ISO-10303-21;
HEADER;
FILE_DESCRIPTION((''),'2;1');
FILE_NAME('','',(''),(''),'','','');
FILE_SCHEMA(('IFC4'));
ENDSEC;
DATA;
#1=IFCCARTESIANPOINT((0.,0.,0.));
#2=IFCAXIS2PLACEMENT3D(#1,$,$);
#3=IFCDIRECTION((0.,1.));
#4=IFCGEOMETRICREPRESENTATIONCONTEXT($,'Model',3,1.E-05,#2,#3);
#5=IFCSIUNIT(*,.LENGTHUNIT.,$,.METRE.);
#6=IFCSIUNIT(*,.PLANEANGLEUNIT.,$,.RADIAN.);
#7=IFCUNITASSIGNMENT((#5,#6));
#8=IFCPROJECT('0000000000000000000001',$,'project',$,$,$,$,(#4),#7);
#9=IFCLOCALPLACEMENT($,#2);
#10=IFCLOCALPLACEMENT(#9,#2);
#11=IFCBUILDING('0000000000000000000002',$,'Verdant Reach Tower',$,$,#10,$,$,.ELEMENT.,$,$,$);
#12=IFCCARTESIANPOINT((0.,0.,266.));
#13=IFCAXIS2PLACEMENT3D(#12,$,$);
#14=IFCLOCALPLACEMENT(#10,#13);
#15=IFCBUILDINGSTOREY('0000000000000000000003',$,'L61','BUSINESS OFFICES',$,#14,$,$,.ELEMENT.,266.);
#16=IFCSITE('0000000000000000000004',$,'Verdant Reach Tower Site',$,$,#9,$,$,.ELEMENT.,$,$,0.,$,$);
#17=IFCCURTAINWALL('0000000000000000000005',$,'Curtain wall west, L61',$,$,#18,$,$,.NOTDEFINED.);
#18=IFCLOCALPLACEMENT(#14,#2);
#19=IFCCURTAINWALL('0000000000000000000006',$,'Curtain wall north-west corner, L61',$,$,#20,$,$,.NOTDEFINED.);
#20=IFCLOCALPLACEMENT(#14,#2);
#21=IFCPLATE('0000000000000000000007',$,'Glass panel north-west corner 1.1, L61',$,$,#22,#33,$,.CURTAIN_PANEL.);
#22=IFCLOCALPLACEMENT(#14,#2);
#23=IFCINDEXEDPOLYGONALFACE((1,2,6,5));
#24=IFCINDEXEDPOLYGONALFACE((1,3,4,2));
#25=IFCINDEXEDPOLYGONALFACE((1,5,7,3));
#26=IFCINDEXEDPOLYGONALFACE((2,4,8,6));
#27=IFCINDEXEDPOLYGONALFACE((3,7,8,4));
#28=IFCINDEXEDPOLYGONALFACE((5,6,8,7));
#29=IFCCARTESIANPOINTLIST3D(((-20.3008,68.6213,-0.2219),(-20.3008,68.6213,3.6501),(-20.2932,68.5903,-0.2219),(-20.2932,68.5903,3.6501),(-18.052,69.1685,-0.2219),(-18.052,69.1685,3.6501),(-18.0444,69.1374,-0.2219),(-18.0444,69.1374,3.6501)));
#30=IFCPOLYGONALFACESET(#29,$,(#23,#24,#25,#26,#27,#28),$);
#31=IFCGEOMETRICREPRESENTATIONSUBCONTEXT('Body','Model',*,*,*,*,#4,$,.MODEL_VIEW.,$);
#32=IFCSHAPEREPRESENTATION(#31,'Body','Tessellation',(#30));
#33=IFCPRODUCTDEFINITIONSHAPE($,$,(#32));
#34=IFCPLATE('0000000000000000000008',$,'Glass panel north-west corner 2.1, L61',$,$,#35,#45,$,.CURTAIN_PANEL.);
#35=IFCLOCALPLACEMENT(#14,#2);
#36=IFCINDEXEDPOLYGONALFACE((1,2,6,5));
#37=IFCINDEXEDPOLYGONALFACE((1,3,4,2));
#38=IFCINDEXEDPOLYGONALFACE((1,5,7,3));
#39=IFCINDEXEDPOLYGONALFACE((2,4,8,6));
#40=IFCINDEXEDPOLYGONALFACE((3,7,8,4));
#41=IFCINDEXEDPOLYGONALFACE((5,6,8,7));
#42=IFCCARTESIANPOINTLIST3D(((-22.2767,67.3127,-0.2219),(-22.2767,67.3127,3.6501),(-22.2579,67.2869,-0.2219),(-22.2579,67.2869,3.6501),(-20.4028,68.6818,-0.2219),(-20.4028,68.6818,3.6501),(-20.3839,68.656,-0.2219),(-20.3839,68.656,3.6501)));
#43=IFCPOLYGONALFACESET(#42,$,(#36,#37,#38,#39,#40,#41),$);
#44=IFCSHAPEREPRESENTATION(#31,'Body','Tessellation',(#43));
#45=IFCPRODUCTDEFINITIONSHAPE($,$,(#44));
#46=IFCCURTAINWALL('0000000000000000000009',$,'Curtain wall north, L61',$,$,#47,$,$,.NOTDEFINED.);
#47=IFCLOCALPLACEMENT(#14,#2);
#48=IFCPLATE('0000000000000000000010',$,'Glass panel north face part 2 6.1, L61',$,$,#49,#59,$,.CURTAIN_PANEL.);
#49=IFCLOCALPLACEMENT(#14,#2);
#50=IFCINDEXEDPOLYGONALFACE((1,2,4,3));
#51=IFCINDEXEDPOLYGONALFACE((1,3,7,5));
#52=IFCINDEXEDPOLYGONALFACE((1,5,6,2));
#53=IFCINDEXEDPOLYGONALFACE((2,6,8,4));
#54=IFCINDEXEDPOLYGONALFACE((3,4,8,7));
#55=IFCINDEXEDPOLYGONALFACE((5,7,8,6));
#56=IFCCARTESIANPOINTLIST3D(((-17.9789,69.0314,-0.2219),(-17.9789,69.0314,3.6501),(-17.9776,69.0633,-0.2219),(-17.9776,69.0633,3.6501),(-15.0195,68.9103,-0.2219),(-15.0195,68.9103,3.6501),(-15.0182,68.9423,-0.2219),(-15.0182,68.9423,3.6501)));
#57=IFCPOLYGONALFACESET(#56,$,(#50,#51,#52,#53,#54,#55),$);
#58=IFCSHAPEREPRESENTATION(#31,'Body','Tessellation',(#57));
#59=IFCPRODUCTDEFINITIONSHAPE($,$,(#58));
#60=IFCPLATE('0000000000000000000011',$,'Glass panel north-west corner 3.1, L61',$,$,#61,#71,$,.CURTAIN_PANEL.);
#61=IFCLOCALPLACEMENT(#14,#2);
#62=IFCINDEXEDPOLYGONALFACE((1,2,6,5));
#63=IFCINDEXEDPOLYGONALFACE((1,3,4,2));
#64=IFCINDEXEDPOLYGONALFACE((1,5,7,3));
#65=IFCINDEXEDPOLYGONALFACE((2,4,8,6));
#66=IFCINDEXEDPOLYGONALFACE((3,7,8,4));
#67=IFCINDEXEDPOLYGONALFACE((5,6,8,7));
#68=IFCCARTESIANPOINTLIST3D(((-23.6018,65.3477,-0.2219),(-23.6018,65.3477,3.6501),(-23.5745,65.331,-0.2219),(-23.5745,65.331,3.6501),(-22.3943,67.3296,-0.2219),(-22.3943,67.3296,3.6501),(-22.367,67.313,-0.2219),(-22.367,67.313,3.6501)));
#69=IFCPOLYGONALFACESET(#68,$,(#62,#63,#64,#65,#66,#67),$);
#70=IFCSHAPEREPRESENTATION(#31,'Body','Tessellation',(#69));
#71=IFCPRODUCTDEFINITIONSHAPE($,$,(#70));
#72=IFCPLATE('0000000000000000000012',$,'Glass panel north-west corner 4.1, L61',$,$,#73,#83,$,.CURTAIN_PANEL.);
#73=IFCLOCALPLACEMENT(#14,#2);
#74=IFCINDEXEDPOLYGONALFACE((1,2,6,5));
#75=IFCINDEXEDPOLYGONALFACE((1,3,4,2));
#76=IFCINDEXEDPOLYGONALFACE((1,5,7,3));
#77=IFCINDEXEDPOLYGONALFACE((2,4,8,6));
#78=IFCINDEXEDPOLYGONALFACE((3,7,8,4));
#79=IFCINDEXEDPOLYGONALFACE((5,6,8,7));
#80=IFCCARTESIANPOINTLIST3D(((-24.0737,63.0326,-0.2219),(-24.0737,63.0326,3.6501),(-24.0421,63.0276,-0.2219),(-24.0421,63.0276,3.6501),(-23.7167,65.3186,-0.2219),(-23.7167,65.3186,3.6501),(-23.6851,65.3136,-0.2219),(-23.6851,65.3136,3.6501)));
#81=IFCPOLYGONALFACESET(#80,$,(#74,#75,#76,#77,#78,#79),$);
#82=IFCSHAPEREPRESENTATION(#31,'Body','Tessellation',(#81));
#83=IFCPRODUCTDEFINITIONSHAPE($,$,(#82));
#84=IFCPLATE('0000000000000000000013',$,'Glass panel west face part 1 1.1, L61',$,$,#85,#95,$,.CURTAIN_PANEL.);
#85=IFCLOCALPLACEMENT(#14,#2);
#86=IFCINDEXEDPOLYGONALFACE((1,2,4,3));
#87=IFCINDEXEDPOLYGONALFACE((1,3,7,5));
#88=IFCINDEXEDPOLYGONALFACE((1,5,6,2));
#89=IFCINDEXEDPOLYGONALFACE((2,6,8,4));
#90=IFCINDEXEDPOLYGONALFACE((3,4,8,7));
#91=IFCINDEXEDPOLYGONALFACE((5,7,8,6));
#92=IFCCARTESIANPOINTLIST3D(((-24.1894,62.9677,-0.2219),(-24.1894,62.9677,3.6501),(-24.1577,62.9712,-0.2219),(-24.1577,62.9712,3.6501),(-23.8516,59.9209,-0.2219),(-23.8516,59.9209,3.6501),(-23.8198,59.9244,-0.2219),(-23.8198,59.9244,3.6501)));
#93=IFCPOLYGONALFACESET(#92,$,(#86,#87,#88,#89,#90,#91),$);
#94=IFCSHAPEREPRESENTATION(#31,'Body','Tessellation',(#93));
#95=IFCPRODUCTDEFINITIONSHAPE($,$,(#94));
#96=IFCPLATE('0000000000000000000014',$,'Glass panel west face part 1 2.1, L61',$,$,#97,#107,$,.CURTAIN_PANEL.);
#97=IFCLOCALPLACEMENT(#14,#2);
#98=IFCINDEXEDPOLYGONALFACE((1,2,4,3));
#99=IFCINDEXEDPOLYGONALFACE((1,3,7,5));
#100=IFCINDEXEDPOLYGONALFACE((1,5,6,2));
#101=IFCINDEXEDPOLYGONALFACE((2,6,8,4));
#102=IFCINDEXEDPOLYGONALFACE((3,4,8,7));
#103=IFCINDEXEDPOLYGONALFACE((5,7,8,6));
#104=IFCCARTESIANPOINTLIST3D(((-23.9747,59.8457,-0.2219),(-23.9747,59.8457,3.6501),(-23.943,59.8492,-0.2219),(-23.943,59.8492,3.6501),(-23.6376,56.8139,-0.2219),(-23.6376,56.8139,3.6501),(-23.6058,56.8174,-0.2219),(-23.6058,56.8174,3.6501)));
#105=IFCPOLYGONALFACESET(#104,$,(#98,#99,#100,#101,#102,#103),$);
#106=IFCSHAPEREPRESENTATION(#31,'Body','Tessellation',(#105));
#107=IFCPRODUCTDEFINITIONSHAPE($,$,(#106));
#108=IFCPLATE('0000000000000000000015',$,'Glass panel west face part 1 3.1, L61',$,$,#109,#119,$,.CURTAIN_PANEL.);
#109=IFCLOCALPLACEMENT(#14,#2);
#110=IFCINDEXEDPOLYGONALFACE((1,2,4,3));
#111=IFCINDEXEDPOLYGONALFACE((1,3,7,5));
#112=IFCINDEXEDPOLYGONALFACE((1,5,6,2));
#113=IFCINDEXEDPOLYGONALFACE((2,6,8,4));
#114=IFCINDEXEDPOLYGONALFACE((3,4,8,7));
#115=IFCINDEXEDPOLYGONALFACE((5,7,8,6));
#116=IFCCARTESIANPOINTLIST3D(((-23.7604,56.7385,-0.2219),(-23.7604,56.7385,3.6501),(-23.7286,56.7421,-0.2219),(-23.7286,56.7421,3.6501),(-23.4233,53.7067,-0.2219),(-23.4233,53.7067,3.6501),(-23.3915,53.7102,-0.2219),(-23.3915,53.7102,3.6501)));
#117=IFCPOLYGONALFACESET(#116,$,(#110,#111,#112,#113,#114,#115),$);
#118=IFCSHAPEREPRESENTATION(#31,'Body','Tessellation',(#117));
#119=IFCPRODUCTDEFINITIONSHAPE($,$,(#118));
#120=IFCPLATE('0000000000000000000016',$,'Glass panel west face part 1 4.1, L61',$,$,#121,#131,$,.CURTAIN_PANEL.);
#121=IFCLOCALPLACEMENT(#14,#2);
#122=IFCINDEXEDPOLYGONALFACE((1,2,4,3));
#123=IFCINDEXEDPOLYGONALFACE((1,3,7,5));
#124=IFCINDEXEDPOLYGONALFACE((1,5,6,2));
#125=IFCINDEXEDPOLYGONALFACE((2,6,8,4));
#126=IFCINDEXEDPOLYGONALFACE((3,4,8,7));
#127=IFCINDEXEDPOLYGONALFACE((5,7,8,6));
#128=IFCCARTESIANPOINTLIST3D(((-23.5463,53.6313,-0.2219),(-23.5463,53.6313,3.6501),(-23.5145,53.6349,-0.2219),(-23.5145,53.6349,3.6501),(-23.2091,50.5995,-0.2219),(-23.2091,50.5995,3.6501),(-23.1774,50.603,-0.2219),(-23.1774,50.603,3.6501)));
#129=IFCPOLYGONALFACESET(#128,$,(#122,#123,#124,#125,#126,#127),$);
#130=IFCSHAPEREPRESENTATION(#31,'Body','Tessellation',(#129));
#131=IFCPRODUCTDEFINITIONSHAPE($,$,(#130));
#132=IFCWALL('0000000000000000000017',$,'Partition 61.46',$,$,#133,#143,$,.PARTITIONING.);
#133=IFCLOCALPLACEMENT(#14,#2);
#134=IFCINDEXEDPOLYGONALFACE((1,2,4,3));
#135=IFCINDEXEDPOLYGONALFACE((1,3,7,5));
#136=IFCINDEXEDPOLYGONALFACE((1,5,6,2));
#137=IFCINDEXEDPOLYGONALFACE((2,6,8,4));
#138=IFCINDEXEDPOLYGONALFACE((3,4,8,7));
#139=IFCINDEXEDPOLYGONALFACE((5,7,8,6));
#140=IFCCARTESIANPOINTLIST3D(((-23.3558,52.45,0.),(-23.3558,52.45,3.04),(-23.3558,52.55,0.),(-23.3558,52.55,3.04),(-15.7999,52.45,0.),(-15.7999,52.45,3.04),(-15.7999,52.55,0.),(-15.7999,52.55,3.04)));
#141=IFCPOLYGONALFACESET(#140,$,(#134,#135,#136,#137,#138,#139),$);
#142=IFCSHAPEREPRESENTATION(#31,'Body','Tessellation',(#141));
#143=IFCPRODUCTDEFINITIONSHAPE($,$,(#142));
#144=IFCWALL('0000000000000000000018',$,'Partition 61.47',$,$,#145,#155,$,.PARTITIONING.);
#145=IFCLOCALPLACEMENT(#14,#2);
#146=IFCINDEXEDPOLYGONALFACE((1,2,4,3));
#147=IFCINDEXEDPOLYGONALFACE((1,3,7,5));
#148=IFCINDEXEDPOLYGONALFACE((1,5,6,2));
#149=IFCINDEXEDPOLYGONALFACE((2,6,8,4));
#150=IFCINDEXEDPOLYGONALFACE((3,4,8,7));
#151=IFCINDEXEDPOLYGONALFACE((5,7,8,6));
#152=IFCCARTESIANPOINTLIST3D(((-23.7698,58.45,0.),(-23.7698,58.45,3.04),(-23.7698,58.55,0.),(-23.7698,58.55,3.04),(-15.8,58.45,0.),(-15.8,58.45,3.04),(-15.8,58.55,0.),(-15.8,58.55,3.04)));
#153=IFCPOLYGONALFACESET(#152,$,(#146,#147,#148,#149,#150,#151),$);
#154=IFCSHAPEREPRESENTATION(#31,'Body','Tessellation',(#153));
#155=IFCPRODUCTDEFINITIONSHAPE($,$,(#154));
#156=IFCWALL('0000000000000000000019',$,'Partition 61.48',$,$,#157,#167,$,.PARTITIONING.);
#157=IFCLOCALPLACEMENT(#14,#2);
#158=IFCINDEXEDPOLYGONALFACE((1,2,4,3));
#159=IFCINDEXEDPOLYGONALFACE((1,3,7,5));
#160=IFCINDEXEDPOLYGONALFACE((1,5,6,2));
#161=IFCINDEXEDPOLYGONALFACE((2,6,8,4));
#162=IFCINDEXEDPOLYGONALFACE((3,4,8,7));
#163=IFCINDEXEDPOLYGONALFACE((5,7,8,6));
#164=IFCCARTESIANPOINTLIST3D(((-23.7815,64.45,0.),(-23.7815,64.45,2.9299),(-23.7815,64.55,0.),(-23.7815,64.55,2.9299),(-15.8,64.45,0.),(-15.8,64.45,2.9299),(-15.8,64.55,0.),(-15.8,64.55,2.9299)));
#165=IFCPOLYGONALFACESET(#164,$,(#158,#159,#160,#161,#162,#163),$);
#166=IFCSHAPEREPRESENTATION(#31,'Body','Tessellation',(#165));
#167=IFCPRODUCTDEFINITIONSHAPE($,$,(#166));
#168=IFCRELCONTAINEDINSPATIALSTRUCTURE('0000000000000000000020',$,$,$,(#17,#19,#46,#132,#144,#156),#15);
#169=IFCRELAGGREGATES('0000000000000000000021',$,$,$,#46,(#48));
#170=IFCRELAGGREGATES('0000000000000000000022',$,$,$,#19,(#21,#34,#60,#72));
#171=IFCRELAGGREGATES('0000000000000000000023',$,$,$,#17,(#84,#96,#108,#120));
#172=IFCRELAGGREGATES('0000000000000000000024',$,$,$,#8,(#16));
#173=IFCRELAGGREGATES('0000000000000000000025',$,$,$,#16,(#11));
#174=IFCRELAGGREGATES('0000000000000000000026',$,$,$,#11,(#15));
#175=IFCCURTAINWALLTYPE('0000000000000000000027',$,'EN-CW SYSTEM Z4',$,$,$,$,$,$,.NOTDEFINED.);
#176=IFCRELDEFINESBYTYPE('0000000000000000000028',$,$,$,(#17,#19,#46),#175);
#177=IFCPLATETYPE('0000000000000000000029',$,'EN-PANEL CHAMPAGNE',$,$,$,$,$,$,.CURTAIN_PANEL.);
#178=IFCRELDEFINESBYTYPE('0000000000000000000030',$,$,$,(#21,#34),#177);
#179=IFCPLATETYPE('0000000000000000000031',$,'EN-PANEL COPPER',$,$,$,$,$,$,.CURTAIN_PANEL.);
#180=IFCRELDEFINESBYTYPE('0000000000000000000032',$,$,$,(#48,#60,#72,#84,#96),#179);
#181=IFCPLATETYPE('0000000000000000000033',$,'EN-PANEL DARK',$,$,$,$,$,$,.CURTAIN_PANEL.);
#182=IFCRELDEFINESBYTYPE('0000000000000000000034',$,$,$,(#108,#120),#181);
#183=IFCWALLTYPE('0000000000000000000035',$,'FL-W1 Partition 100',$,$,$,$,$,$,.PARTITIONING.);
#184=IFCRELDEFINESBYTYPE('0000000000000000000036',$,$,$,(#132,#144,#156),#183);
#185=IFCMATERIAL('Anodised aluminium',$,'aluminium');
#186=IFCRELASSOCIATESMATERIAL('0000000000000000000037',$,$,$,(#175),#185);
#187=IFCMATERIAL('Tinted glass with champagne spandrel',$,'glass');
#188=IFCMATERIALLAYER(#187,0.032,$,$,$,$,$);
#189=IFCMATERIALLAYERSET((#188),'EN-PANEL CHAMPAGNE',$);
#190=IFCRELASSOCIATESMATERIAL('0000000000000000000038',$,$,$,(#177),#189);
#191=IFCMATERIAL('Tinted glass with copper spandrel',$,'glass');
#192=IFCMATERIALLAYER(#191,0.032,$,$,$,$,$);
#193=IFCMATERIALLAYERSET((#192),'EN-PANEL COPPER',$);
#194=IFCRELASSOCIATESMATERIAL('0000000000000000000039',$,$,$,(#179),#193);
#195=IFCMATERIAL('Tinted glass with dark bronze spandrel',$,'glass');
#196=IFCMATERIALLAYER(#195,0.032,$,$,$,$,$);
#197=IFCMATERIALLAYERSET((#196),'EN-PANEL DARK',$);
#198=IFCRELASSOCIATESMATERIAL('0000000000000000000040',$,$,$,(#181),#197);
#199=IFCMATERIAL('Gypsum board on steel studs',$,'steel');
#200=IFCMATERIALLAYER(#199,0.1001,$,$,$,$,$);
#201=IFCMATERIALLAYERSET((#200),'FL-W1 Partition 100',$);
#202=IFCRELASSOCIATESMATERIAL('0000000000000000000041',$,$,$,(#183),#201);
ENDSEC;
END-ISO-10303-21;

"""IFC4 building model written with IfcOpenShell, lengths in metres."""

from ifc_helpers import new_model, si_unit, direction, frame, frame_2d, origin, origin_2d, place, context, subcontext, project, spatial, rectangle, extrude, material, layer, layer_set, type_object, element, aggregate, save


model = new_model("IFC4")

# Units and contexts
model_context = context("Model", 3, precision=1e-05, world=origin(), true_north=direction((0.0, 1.0)))
body_context = subcontext(model_context, "Body", "Model", "MODEL_VIEW")
ifc_project = project(units=[si_unit("LENGTHUNIT", "METRE"), si_unit("PLANEANGLEUNIT", "RADIAN")], contexts=[model_context])

# Site, building, storey
site_placement = place(None, origin())
site = spatial("IfcSite", under=ifc_project, at=site_placement, Name="Verdant Reach Tower Site", CompositionType="ELEMENT", RefElevation=0.0)
building_placement = place(site_placement, origin())
building = spatial("IfcBuilding", under=site, at=building_placement, Name="Verdant Reach Tower", CompositionType="ELEMENT")
storey_placement = place(building_placement, frame((0.0, 0.0, 266.0)))
storey = spatial("IfcBuildingStorey", under=building, at=storey_placement, Name="L61", Description="BUSINESS OFFICES", CompositionType="ELEMENT", Elevation=266.0)

# Curtain wall
ifc_material_1 = material(Name="Anodised aluminium", Category="aluminium")
curtain_wall_type = type_object("IfcCurtainWallType", Name="EN-CW SYSTEM Z4", PredefinedType="NOTDEFINED", material=ifc_material_1)
curtain_wall_1_placement = place(storey_placement, origin())
curtain_wall_1 = element("IfcCurtainWall", 1, at=curtain_wall_1_placement, inside=storey, type_object=curtain_wall_type, Name="Curtain wall west, L61", PredefinedType="NOTDEFINED")

# Curtain wall, plates
curtain_wall_2_placement = place(storey_placement, origin())
curtain_wall_2 = element("IfcCurtainWall", 2, at=curtain_wall_2_placement, inside=storey, type_object=curtain_wall_type, Name="Curtain wall north-west corner, L61", PredefinedType="NOTDEFINED")
ifc_material_2 = material(Name="Tinted glass with champagne spandrel", Category="glass")
ifc_layer_1 = layer(ifc_material_2, 0.032)
ifc_layer_set_1 = layer_set([ifc_layer_1], Name="EN-PANEL CHAMPAGNE")
plate_type_1 = type_object("IfcPlateType", Name="EN-PANEL CHAMPAGNE", PredefinedType="CURTAIN_PANEL", material=ifc_layer_set_1)
plate_1_placement = place(storey_placement, frame((-19.1726, 68.8794, -0.2219), z_axis=(0.0, 0.0, 1.0), x_axis=(-0.971652, -0.236414, 0.0)))
plate_1 = element("IfcPlate", 3, at=plate_1_placement, type_object=plate_type_1, Name="Glass panel north-west corner 1.1, L61", PredefinedType="CURTAIN_PANEL", context=body_context, shape_type="SweptSolid", body=[
    extrude(rectangle(XDim=2.3145, YDim=0.032, at=origin_2d()), origin(), (0.0, 0.0, 1.0), 3.8721),
])
plate_2_placement = place(storey_placement, frame((-21.3303, 67.9844, -0.2219), z_axis=(0.0, 0.0, 1.0), x_axis=(-0.807457, -0.589927, 0.0)))
plate_2 = element("IfcPlate", 4, at=plate_2_placement, type_object=plate_type_1, Name="Glass panel north-west corner 2.1, L61", PredefinedType="CURTAIN_PANEL", context=body_context, shape_type="SweptSolid", body=[
    extrude(rectangle(XDim=2.3208, YDim=0.032, at=origin_2d()), origin(), (0.0, 0.0, 1.0), 3.8721),
])

# Curtain wall, plate
curtain_wall_3_placement = place(storey_placement, origin())
curtain_wall_3 = element("IfcCurtainWall", 5, at=curtain_wall_3_placement, inside=storey, type_object=curtain_wall_type, Name="Curtain wall north, L61", PredefinedType="NOTDEFINED")
ifc_material_3 = material(Name="Tinted glass with copper spandrel", Category="glass")
ifc_layer_2 = layer(ifc_material_3, 0.032)
ifc_layer_set_2 = layer_set([ifc_layer_2], Name="EN-PANEL COPPER")
plate_type_2 = type_object("IfcPlateType", Name="EN-PANEL COPPER", PredefinedType="CURTAIN_PANEL", material=ifc_layer_set_2)
plate_3_placement = place(storey_placement, frame((-16.4985, 68.9868, -0.2219), z_axis=(0.0, 0.0, 1.0), x_axis=(-0.999164, 0.040881, 0.0)))
plate_3 = element("IfcPlate", 6, at=plate_3_placement, type_object=plate_type_2, Name="Glass panel north face part 2 6.1, L61", PredefinedType="CURTAIN_PANEL", context=body_context, shape_type="SweptSolid", body=[
    extrude(rectangle(XDim=2.9619, YDim=0.032, at=origin_2d()), origin(), (0.0, 0.0, 1.0), 3.8721),
])
aggregate(curtain_wall_3, [plate_3])

# Plates
plate_4_placement = place(storey_placement, frame((-22.9844, 66.3303, -0.2219), z_axis=(0.0, 0.0, 1.0), x_axis=(-0.520292, -0.853989, 0.0)))
plate_4 = element("IfcPlate", 7, at=plate_4_placement, type_object=plate_type_2, Name="Glass panel north-west corner 3.1, L61", PredefinedType="CURTAIN_PANEL", context=body_context, shape_type="SweptSolid", body=[
    extrude(rectangle(XDim=2.3208, YDim=0.032, at=origin_2d()), origin(), (0.0, 0.0, 1.0), 3.8721),
])
plate_5_placement = place(storey_placement, frame((-23.8794, 64.1731, -0.2219), z_axis=(0.0, 0.0, 1.0), x_axis=(-0.154325, -0.98802, 0.0)))
plate_5 = element("IfcPlate", 8, at=plate_5_placement, type_object=plate_type_2, Name="Glass panel north-west corner 4.1, L61", PredefinedType="CURTAIN_PANEL", context=body_context, shape_type="SweptSolid", body=[
    extrude(rectangle(XDim=2.3137, YDim=0.032, at=origin_2d()), origin(), (0.0, 0.0, 1.0), 3.8721),
])
aggregate(curtain_wall_2, [plate_1, plate_2, plate_4, plate_5])
plate_6_placement = place(storey_placement, frame((-24.0046, 61.446, -0.2219), z_axis=(0.0, 0.0, 1.0), x_axis=(0.110206, -0.993909, 0.0)))
plate_6 = element("IfcPlate", 9, at=plate_6_placement, type_object=plate_type_2, Name="Glass panel west face part 1 1.1, L61", PredefinedType="CURTAIN_PANEL", context=body_context, shape_type="SweptSolid", body=[
    extrude(rectangle(XDim=3.0654, YDim=0.032, at=origin_2d()), origin(), (0.0, 0.0, 1.0), 3.8721),
])
plate_7_placement = place(storey_placement, frame((-23.7903, 58.3315, -0.2219), z_axis=(0.0, 0.0, 1.0), x_axis=(0.110518, -0.993874, 0.0)))
plate_7 = element("IfcPlate", 10, at=plate_7_placement, type_object=plate_type_2, Name="Glass panel west face part 1 2.1, L61", PredefinedType="CURTAIN_PANEL", context=body_context, shape_type="SweptSolid", body=[
    extrude(rectangle(XDim=3.0505, YDim=0.032, at=origin_2d()), origin(), (0.0, 0.0, 1.0), 3.8721),
])
ifc_material_4 = material(Name="Tinted glass with dark bronze spandrel", Category="glass")
ifc_layer_3 = layer(ifc_material_4, 0.032)
ifc_layer_set_3 = layer_set([ifc_layer_3], Name="EN-PANEL DARK")
plate_type_3 = type_object("IfcPlateType", Name="EN-PANEL DARK", PredefinedType="CURTAIN_PANEL", material=ifc_layer_set_3)
plate_8_placement = place(storey_placement, frame((-23.5759, 55.2244, -0.2219), z_axis=(0.0, 0.0, 1.0), x_axis=(0.110518, -0.993874, 0.0)))
plate_8 = element("IfcPlate", 11, at=plate_8_placement, type_object=plate_type_3, Name="Glass panel west face part 1 3.1, L61", PredefinedType="CURTAIN_PANEL", context=body_context, shape_type="SweptSolid", body=[
    extrude(rectangle(XDim=3.0505, YDim=0.032, at=origin_2d()), origin(), (0.0, 0.0, 1.0), 3.8721),
])
plate_9_placement = place(storey_placement, frame((-23.3618, 52.1172, -0.2219), z_axis=(0.0, 0.0, 1.0), x_axis=(0.110518, -0.993874, 0.0)))
plate_9 = element("IfcPlate", 12, at=plate_9_placement, type_object=plate_type_3, Name="Glass panel west face part 1 4.1, L61", PredefinedType="CURTAIN_PANEL", context=body_context, shape_type="SweptSolid", body=[
    extrude(rectangle(XDim=3.0505, YDim=0.032, at=origin_2d()), origin(), (0.0, 0.0, 1.0), 3.8721),
])
aggregate(curtain_wall_1, [plate_6, plate_7, plate_8, plate_9])

# Walls
ifc_material_5 = material(Name="Gypsum board on steel studs", Category="steel")
ifc_layer_4 = layer(ifc_material_5, 0.1001)
ifc_layer_set_4 = layer_set([ifc_layer_4], Name="FL-W1 Partition 100")
wall_type_1 = type_object("IfcWallType", Name="FL-W1 Partition 100", PredefinedType="PARTITIONING", material=ifc_layer_set_4)
wall_1_placement = place(storey_placement, frame((-15.8, 52.5, 0.0), z_axis=(0.0, 0.0, 1.0), x_axis=(-1.0, 0.0, 0.0)))
element("IfcWall", 13, at=wall_1_placement, inside=storey, type_object=wall_type_1, Name="Partition 61.46", PredefinedType="PARTITIONING", context=body_context, shape_type="SweptSolid", body=[
    extrude(rectangle(XDim=7.5559, YDim=0.1001, at=frame_2d((3.7778, 0.0))), origin(), (0.0, 0.0, 1.0), 3.04),
])
wall_2_placement = place(storey_placement, frame((-15.8, 58.5, 0.0), z_axis=(0.0, 0.0, 1.0), x_axis=(-1.0, 0.0, 0.0)))
element("IfcWall", 14, at=wall_2_placement, inside=storey, type_object=wall_type_1, Name="Partition 61.47", PredefinedType="PARTITIONING", context=body_context, shape_type="SweptSolid", body=[
    extrude(rectangle(XDim=7.9697, YDim=0.1001, at=frame_2d((3.9849, 0.0))), origin(), (0.0, 0.0, 1.0), 3.04),
])
wall_3_placement = place(storey_placement, frame((-15.8, 64.5, 0.0), z_axis=(0.0, 0.0, 1.0), x_axis=(-1.0, 0.0, 0.0)))
element("IfcWall", 15, at=wall_3_placement, inside=storey, type_object=wall_type_1, Name="Partition 61.48", PredefinedType="PARTITIONING", context=body_context, shape_type="SweptSolid", body=[
    extrude(rectangle(XDim=7.9814, YDim=0.1001, at=frame_2d((3.9907, 0.0))), origin(), (0.0, 0.0, 1.0), 2.9299),
])

save(model, "model.ifc")
